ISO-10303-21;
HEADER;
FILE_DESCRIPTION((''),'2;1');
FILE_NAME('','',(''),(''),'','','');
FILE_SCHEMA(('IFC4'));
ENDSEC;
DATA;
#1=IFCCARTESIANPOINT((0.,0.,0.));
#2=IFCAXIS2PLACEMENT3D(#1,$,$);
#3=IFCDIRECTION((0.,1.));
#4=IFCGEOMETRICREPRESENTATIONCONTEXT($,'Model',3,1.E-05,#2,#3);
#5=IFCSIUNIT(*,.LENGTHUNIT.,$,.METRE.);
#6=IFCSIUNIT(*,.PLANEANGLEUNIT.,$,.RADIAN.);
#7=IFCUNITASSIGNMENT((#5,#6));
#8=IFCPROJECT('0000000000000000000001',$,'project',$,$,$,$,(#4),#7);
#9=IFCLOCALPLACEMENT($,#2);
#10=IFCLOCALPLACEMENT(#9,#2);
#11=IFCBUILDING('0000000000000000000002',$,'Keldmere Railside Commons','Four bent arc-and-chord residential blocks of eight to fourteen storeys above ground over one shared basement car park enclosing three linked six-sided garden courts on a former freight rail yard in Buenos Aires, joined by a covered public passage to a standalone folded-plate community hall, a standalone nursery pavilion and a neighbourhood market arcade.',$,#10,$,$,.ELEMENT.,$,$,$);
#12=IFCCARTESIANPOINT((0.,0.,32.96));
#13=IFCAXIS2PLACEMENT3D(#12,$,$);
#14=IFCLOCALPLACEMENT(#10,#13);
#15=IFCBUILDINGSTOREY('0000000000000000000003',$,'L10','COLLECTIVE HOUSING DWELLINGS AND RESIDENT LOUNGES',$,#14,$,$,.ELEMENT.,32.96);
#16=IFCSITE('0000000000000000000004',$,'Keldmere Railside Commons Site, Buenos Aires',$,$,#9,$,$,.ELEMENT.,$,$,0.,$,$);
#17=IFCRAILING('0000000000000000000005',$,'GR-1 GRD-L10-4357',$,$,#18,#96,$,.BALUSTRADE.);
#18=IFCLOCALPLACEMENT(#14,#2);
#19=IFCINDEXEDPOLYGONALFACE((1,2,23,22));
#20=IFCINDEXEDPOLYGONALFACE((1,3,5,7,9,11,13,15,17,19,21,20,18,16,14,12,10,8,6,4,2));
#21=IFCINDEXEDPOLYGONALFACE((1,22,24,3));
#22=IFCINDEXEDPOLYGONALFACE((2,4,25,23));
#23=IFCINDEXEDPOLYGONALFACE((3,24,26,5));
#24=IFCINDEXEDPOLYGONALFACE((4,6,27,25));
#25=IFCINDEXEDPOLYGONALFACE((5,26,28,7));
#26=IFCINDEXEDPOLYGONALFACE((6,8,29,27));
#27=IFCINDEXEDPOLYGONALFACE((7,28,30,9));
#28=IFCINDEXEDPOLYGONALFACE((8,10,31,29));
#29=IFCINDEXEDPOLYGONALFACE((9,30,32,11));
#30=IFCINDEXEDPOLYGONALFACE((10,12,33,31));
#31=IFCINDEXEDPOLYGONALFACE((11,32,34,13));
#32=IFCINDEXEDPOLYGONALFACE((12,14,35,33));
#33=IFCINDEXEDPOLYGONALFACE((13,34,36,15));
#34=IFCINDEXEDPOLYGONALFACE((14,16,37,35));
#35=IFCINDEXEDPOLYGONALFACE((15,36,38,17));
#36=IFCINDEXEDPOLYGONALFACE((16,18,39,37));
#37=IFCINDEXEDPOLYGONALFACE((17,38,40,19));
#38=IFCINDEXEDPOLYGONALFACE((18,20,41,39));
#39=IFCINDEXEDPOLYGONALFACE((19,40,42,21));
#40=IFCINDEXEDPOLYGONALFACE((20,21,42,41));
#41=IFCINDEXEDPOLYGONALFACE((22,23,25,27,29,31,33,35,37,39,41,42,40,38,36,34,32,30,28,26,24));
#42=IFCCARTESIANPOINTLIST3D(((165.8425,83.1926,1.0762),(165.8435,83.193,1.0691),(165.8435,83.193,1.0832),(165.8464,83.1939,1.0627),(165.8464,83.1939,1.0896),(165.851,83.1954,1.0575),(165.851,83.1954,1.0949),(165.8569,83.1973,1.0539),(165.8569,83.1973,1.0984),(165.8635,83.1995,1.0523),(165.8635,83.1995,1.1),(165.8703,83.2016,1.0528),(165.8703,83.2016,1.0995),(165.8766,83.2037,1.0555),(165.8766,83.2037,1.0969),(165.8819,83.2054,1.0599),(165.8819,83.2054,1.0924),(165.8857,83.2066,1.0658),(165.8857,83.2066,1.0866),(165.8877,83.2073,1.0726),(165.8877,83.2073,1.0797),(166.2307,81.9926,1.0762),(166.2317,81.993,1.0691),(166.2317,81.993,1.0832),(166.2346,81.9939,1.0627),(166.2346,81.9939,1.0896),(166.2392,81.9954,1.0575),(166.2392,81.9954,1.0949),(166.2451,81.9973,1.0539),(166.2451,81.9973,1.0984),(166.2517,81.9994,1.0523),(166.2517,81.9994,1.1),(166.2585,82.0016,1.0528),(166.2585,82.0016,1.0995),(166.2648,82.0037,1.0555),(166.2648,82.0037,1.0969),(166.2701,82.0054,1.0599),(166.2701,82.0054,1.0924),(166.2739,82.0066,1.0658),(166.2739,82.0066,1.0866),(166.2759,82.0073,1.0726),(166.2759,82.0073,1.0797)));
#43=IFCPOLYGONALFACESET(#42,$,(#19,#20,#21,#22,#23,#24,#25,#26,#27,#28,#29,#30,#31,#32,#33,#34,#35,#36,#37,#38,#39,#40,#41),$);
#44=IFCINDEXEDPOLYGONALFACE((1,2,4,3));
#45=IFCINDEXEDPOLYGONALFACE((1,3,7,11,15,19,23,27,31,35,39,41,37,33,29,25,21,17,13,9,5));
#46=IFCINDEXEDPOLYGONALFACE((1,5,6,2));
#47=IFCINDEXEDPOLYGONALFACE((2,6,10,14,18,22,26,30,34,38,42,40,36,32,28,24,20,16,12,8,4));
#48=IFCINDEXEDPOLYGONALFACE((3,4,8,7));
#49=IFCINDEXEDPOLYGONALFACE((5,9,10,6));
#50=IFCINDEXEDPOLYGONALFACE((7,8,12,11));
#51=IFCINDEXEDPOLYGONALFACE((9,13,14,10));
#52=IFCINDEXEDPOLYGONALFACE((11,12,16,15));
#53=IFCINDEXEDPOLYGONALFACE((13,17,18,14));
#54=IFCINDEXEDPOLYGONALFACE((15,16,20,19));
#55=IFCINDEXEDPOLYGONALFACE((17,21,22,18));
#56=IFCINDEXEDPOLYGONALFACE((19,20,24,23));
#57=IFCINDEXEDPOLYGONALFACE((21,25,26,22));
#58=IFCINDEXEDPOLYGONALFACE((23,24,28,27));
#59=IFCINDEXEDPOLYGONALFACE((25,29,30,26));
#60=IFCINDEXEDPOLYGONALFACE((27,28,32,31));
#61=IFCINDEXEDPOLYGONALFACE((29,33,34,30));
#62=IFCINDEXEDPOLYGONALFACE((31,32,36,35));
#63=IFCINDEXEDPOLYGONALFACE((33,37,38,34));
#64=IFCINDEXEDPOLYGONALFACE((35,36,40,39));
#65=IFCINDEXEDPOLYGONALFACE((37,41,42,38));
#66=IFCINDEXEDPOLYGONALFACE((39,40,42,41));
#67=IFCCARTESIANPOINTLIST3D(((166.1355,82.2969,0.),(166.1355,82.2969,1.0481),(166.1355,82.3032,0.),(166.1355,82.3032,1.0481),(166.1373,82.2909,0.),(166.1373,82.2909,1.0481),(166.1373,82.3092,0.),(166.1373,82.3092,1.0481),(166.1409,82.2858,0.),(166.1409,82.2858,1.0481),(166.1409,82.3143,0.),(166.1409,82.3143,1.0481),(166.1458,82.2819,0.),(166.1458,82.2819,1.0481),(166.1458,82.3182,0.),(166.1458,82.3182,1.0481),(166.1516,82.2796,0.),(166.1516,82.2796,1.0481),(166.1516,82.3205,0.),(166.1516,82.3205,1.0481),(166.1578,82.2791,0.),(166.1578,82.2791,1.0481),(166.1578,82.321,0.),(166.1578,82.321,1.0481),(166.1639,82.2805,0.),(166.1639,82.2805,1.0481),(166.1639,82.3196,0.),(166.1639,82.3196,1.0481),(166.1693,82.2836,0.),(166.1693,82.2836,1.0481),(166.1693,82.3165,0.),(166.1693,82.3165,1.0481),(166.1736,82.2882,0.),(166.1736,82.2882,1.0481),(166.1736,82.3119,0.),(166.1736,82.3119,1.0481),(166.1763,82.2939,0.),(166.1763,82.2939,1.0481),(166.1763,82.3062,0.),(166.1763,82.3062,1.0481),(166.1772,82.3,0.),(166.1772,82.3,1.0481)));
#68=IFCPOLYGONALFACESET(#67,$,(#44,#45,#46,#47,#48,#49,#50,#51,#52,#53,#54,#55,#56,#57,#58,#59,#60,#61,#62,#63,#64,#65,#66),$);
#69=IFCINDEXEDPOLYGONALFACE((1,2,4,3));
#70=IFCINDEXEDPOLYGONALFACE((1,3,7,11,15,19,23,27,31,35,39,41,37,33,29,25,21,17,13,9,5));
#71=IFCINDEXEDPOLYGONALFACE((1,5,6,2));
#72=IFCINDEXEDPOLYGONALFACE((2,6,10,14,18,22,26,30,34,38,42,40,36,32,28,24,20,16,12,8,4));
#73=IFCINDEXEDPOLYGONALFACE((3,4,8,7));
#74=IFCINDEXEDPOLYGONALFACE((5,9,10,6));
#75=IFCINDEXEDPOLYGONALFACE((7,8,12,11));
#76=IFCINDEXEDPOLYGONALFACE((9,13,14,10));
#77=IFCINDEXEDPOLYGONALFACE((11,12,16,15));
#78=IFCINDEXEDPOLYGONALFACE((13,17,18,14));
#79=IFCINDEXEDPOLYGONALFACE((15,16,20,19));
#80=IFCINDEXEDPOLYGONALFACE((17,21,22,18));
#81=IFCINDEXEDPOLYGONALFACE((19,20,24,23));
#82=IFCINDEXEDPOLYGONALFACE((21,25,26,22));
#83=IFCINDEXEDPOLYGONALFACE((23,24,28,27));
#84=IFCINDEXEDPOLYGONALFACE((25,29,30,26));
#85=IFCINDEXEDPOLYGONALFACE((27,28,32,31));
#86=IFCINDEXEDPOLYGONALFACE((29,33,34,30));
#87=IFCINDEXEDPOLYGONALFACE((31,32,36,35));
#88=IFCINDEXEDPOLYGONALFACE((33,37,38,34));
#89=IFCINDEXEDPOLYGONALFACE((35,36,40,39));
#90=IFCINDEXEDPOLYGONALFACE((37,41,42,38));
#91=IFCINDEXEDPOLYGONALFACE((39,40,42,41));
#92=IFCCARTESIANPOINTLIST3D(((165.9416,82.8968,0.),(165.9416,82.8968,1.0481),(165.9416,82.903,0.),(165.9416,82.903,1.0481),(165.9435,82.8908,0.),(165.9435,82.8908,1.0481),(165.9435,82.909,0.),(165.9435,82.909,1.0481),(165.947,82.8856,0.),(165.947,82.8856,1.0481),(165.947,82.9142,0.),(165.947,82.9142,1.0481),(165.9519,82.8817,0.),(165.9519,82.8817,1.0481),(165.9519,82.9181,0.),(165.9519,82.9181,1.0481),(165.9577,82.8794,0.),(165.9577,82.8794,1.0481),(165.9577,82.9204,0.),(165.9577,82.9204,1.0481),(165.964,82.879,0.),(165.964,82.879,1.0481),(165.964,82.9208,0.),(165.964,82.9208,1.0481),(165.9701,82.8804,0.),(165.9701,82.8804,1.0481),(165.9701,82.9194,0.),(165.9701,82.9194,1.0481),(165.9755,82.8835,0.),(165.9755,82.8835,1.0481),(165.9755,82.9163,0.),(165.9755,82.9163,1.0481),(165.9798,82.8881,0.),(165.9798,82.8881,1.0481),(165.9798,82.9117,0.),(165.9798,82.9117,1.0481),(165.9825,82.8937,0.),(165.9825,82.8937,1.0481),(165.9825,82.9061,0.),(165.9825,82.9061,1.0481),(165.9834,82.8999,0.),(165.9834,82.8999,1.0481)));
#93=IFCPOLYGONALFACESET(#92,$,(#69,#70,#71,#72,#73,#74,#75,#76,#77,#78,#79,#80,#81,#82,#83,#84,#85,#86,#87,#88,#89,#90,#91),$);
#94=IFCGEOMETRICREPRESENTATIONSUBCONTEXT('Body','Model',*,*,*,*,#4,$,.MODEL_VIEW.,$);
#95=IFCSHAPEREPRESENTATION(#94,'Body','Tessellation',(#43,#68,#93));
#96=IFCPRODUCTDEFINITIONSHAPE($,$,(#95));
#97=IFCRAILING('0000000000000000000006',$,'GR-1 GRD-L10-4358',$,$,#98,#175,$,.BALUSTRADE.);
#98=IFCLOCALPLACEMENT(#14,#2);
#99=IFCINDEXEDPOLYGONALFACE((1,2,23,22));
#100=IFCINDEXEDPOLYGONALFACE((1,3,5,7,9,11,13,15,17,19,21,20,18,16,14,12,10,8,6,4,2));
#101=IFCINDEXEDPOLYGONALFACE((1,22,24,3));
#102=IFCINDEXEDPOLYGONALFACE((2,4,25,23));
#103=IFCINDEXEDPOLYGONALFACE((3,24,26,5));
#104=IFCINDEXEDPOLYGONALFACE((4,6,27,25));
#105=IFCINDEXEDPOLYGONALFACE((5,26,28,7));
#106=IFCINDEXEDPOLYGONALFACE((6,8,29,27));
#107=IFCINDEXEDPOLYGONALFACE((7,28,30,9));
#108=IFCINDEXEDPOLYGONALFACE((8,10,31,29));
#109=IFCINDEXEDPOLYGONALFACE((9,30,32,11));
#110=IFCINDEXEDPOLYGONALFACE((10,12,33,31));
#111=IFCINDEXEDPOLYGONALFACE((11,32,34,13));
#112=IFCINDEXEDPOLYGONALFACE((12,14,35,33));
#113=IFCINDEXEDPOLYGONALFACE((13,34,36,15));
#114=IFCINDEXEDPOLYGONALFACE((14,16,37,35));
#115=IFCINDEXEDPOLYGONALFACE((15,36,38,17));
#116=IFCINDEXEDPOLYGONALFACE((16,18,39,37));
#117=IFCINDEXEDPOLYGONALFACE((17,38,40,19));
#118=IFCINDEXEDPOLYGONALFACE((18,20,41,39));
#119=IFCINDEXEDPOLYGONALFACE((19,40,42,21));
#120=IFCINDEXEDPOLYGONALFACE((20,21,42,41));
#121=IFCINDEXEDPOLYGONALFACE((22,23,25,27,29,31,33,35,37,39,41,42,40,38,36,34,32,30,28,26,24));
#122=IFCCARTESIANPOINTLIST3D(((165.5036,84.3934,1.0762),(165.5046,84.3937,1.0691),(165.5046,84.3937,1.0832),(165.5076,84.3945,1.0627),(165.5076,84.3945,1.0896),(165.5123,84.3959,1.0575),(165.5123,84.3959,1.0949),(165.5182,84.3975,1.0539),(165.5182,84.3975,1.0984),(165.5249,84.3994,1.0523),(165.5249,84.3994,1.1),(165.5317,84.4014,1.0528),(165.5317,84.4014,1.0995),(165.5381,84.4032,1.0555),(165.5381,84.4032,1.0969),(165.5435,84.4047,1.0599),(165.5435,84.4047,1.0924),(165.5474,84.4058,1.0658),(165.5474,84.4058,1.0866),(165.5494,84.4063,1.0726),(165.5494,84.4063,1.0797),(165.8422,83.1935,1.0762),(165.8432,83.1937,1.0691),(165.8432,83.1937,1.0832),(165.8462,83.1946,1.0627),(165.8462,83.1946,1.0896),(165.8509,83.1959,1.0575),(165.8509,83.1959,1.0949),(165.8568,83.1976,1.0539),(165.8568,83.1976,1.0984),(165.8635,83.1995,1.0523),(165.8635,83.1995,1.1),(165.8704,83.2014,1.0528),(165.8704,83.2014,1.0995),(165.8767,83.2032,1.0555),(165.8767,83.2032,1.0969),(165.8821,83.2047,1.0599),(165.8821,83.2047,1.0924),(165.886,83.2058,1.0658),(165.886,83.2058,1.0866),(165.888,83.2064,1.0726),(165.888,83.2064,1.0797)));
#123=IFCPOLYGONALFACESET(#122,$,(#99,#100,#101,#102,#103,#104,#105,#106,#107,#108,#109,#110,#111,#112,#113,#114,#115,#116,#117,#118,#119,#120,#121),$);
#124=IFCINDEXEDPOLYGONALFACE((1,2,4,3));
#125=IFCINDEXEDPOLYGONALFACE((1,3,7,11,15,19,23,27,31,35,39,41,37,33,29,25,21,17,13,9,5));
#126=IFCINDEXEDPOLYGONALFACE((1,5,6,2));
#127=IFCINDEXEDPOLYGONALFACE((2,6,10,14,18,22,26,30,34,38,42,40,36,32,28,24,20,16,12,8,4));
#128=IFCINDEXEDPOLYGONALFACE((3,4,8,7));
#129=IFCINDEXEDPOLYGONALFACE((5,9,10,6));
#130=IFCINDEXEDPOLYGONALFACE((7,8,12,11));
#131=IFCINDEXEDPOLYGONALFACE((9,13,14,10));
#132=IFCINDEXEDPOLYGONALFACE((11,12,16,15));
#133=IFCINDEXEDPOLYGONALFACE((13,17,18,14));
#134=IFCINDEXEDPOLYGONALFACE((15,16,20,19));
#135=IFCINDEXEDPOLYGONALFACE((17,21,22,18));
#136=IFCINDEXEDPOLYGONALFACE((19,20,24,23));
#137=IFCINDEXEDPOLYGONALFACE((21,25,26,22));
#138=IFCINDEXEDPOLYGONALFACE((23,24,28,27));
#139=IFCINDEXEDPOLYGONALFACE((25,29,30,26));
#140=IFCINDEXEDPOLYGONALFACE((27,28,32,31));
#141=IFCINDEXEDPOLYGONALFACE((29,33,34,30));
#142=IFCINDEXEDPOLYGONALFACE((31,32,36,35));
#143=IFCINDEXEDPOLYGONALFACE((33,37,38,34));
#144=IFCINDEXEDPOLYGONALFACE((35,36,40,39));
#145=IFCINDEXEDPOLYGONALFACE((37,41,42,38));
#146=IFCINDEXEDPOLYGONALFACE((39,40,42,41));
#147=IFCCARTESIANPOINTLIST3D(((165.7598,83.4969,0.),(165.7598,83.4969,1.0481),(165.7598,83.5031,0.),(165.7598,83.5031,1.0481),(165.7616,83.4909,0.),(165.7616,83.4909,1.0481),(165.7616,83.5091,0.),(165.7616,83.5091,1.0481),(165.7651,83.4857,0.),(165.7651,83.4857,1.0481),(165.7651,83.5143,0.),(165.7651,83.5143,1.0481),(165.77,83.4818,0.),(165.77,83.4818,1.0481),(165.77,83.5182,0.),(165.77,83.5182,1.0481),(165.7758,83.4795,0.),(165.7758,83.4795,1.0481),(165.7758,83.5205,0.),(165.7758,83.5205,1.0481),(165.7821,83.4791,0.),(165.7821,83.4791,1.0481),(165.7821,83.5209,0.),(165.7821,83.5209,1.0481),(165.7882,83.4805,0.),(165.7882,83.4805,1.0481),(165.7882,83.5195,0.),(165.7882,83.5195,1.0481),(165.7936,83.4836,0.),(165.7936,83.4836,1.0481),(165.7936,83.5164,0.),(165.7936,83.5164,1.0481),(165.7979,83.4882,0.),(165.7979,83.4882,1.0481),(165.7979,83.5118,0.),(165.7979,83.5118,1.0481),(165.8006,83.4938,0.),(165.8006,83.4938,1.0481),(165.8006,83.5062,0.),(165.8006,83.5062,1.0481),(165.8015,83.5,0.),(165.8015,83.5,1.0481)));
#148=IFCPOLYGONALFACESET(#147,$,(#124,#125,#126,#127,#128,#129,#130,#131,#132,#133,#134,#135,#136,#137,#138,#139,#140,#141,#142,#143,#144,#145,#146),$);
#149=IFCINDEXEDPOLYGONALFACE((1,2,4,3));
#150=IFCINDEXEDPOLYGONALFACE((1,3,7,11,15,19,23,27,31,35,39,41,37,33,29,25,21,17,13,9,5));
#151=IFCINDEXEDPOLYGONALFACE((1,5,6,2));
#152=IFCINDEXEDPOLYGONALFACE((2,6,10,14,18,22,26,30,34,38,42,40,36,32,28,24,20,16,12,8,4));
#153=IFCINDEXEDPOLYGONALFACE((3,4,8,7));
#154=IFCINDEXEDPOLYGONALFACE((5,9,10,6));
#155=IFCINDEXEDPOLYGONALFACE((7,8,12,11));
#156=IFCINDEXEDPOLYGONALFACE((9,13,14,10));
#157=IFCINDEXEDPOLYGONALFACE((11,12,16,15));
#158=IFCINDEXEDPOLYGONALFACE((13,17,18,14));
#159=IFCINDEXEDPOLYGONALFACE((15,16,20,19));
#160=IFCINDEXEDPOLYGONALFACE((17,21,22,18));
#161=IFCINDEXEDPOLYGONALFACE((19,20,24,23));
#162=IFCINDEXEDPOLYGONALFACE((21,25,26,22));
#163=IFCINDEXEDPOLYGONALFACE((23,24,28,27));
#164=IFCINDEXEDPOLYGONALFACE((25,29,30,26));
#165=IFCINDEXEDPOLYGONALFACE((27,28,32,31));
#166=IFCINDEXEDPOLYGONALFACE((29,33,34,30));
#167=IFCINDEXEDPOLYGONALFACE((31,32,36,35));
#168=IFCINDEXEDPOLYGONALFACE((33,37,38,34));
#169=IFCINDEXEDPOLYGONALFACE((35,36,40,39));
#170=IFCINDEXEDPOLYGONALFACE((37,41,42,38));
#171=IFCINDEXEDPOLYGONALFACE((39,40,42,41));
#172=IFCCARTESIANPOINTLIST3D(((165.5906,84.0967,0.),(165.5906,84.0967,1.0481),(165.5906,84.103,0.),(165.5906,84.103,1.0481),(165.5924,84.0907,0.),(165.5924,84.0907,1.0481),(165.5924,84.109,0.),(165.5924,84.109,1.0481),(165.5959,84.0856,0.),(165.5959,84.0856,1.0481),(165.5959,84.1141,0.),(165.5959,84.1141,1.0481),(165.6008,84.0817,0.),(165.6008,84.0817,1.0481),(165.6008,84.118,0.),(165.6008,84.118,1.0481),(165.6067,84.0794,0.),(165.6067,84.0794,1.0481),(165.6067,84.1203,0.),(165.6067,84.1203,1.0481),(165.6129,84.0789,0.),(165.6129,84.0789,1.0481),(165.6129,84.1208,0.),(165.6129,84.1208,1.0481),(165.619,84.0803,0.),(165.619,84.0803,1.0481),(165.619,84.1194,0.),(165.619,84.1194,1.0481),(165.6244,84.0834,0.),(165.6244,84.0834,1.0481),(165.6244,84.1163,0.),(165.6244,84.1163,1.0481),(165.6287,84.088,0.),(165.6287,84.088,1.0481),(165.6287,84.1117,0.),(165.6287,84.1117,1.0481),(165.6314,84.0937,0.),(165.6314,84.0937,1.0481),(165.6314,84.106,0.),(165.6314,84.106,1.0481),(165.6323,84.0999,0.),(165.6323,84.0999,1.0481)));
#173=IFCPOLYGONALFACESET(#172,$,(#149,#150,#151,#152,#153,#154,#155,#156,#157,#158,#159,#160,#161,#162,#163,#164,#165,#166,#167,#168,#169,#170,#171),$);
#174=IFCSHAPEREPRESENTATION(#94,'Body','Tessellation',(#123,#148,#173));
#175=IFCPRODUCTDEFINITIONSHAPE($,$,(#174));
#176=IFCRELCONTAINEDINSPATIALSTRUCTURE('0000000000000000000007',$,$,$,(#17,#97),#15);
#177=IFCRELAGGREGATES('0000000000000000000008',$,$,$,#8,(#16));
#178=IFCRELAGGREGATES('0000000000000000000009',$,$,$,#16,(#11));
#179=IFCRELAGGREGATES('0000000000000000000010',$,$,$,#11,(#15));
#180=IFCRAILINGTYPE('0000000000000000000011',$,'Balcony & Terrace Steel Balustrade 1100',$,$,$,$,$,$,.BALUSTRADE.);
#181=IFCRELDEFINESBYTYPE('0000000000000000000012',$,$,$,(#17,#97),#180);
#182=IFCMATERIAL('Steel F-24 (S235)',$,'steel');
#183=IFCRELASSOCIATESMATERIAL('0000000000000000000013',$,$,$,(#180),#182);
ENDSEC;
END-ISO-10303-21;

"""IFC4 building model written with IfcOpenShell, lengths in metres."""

from ifc_helpers import new_model, si_unit, direction, frame, origin, origin_2d, place, context, subcontext, project, spatial, circle, extrude, material, type_object, element, save


model = new_model("IFC4")

# Units and contexts
model_context = context("Model", 3, precision=1e-05, world=origin(), true_north=direction((0.0, 1.0)))
body_context = subcontext(model_context, "Body", "Model", "MODEL_VIEW")
ifc_project = project(units=[si_unit("LENGTHUNIT", "METRE"), si_unit("PLANEANGLEUNIT", "RADIAN")], contexts=[model_context])

# Site, building, storey
site_placement = place(None, origin())
site = spatial("IfcSite", under=ifc_project, at=site_placement, Name="Keldmere Railside Commons Site, Buenos Aires", CompositionType="ELEMENT", RefElevation=0.0)
building_placement = place(site_placement, origin())
building = spatial("IfcBuilding", under=site, at=building_placement, Name="Keldmere Railside Commons", Description="Four bent arc-and-chord residential blocks of eight to fourteen storeys above ground over one shared basement car park enclosing three linked six-sided garden courts on a former freight rail yard in Buenos Aires, joined by a covered public passage to a standalone folded-plate community hall, a standalone nursery pavilion and a neighbourhood market arcade.", CompositionType="ELEMENT")
storey_placement = place(building_placement, frame((0.0, 0.0, 32.96)))
storey = spatial("IfcBuildingStorey", under=building, at=storey_placement, Name="L10", Description="COLLECTIVE HOUSING DWELLINGS AND RESIDENT LOUNGES", CompositionType="ELEMENT", Elevation=32.96)

# Railings
ifc_material_1 = material(Name="Steel F-24 (S235)", Category="steel")
railing_type = type_object("IfcRailingType", Name="Balcony & Terrace Steel Balustrade 1100", PredefinedType="BALUSTRADE", material=ifc_material_1)
railing_1_placement = place(storey_placement, frame((166.2534, 82.0, 0.0)))
element("IfcRailing", 1, at=railing_1_placement, inside=storey, type_object=railing_type, Name="GR-1 GRD-L10-4357", PredefinedType="BALUSTRADE", context=body_context, shape_type="SweptSolid", body=[
    extrude(circle(Radius=0.0239, at=origin_2d()), frame((0.0, 0.0, 1.0762), z_axis=(-0.307795, 0.951453, 0.0), x_axis=(-0.951453, -0.307795, 0.0)), (0.0, 0.0, 1.0), 1.2612),
    extrude(circle(Radius=0.021, at=origin_2d()), frame((-0.0972, 0.3, 0.0)), (0.0, 0.0, 1.0), 1.0481),
    extrude(circle(Radius=0.021, at=origin_2d()), frame((-0.291, 0.8999, 0.0)), (0.0, 0.0, 1.0), 1.0481),
])
railing_2_placement = place(storey_placement, frame((165.8652, 83.2, 0.0)))
element("IfcRailing", 2, at=railing_2_placement, inside=storey, type_object=railing_type, Name="GR-1 GRD-L10-4358", PredefinedType="BALUSTRADE", context=body_context, shape_type="SweptSolid", body=[
    extrude(circle(Radius=0.0239, at=origin_2d()), frame((0.0, 0.0, 1.0762), z_axis=(-0.27159, 0.962413, 0.0), x_axis=(-0.962413, -0.27159, 0.0)), (0.0, 0.0, 1.0), 1.2468),
    extrude(circle(Radius=0.021, at=origin_2d()), frame((-0.0847, 0.3, 0.0)), (0.0, 0.0, 1.0), 1.0481),
    extrude(circle(Radius=0.021, at=origin_2d()), frame((-0.2539, 0.8999, 0.0)), (0.0, 0.0, 1.0), 1.0481),
])

save(model, "model.ifc")
